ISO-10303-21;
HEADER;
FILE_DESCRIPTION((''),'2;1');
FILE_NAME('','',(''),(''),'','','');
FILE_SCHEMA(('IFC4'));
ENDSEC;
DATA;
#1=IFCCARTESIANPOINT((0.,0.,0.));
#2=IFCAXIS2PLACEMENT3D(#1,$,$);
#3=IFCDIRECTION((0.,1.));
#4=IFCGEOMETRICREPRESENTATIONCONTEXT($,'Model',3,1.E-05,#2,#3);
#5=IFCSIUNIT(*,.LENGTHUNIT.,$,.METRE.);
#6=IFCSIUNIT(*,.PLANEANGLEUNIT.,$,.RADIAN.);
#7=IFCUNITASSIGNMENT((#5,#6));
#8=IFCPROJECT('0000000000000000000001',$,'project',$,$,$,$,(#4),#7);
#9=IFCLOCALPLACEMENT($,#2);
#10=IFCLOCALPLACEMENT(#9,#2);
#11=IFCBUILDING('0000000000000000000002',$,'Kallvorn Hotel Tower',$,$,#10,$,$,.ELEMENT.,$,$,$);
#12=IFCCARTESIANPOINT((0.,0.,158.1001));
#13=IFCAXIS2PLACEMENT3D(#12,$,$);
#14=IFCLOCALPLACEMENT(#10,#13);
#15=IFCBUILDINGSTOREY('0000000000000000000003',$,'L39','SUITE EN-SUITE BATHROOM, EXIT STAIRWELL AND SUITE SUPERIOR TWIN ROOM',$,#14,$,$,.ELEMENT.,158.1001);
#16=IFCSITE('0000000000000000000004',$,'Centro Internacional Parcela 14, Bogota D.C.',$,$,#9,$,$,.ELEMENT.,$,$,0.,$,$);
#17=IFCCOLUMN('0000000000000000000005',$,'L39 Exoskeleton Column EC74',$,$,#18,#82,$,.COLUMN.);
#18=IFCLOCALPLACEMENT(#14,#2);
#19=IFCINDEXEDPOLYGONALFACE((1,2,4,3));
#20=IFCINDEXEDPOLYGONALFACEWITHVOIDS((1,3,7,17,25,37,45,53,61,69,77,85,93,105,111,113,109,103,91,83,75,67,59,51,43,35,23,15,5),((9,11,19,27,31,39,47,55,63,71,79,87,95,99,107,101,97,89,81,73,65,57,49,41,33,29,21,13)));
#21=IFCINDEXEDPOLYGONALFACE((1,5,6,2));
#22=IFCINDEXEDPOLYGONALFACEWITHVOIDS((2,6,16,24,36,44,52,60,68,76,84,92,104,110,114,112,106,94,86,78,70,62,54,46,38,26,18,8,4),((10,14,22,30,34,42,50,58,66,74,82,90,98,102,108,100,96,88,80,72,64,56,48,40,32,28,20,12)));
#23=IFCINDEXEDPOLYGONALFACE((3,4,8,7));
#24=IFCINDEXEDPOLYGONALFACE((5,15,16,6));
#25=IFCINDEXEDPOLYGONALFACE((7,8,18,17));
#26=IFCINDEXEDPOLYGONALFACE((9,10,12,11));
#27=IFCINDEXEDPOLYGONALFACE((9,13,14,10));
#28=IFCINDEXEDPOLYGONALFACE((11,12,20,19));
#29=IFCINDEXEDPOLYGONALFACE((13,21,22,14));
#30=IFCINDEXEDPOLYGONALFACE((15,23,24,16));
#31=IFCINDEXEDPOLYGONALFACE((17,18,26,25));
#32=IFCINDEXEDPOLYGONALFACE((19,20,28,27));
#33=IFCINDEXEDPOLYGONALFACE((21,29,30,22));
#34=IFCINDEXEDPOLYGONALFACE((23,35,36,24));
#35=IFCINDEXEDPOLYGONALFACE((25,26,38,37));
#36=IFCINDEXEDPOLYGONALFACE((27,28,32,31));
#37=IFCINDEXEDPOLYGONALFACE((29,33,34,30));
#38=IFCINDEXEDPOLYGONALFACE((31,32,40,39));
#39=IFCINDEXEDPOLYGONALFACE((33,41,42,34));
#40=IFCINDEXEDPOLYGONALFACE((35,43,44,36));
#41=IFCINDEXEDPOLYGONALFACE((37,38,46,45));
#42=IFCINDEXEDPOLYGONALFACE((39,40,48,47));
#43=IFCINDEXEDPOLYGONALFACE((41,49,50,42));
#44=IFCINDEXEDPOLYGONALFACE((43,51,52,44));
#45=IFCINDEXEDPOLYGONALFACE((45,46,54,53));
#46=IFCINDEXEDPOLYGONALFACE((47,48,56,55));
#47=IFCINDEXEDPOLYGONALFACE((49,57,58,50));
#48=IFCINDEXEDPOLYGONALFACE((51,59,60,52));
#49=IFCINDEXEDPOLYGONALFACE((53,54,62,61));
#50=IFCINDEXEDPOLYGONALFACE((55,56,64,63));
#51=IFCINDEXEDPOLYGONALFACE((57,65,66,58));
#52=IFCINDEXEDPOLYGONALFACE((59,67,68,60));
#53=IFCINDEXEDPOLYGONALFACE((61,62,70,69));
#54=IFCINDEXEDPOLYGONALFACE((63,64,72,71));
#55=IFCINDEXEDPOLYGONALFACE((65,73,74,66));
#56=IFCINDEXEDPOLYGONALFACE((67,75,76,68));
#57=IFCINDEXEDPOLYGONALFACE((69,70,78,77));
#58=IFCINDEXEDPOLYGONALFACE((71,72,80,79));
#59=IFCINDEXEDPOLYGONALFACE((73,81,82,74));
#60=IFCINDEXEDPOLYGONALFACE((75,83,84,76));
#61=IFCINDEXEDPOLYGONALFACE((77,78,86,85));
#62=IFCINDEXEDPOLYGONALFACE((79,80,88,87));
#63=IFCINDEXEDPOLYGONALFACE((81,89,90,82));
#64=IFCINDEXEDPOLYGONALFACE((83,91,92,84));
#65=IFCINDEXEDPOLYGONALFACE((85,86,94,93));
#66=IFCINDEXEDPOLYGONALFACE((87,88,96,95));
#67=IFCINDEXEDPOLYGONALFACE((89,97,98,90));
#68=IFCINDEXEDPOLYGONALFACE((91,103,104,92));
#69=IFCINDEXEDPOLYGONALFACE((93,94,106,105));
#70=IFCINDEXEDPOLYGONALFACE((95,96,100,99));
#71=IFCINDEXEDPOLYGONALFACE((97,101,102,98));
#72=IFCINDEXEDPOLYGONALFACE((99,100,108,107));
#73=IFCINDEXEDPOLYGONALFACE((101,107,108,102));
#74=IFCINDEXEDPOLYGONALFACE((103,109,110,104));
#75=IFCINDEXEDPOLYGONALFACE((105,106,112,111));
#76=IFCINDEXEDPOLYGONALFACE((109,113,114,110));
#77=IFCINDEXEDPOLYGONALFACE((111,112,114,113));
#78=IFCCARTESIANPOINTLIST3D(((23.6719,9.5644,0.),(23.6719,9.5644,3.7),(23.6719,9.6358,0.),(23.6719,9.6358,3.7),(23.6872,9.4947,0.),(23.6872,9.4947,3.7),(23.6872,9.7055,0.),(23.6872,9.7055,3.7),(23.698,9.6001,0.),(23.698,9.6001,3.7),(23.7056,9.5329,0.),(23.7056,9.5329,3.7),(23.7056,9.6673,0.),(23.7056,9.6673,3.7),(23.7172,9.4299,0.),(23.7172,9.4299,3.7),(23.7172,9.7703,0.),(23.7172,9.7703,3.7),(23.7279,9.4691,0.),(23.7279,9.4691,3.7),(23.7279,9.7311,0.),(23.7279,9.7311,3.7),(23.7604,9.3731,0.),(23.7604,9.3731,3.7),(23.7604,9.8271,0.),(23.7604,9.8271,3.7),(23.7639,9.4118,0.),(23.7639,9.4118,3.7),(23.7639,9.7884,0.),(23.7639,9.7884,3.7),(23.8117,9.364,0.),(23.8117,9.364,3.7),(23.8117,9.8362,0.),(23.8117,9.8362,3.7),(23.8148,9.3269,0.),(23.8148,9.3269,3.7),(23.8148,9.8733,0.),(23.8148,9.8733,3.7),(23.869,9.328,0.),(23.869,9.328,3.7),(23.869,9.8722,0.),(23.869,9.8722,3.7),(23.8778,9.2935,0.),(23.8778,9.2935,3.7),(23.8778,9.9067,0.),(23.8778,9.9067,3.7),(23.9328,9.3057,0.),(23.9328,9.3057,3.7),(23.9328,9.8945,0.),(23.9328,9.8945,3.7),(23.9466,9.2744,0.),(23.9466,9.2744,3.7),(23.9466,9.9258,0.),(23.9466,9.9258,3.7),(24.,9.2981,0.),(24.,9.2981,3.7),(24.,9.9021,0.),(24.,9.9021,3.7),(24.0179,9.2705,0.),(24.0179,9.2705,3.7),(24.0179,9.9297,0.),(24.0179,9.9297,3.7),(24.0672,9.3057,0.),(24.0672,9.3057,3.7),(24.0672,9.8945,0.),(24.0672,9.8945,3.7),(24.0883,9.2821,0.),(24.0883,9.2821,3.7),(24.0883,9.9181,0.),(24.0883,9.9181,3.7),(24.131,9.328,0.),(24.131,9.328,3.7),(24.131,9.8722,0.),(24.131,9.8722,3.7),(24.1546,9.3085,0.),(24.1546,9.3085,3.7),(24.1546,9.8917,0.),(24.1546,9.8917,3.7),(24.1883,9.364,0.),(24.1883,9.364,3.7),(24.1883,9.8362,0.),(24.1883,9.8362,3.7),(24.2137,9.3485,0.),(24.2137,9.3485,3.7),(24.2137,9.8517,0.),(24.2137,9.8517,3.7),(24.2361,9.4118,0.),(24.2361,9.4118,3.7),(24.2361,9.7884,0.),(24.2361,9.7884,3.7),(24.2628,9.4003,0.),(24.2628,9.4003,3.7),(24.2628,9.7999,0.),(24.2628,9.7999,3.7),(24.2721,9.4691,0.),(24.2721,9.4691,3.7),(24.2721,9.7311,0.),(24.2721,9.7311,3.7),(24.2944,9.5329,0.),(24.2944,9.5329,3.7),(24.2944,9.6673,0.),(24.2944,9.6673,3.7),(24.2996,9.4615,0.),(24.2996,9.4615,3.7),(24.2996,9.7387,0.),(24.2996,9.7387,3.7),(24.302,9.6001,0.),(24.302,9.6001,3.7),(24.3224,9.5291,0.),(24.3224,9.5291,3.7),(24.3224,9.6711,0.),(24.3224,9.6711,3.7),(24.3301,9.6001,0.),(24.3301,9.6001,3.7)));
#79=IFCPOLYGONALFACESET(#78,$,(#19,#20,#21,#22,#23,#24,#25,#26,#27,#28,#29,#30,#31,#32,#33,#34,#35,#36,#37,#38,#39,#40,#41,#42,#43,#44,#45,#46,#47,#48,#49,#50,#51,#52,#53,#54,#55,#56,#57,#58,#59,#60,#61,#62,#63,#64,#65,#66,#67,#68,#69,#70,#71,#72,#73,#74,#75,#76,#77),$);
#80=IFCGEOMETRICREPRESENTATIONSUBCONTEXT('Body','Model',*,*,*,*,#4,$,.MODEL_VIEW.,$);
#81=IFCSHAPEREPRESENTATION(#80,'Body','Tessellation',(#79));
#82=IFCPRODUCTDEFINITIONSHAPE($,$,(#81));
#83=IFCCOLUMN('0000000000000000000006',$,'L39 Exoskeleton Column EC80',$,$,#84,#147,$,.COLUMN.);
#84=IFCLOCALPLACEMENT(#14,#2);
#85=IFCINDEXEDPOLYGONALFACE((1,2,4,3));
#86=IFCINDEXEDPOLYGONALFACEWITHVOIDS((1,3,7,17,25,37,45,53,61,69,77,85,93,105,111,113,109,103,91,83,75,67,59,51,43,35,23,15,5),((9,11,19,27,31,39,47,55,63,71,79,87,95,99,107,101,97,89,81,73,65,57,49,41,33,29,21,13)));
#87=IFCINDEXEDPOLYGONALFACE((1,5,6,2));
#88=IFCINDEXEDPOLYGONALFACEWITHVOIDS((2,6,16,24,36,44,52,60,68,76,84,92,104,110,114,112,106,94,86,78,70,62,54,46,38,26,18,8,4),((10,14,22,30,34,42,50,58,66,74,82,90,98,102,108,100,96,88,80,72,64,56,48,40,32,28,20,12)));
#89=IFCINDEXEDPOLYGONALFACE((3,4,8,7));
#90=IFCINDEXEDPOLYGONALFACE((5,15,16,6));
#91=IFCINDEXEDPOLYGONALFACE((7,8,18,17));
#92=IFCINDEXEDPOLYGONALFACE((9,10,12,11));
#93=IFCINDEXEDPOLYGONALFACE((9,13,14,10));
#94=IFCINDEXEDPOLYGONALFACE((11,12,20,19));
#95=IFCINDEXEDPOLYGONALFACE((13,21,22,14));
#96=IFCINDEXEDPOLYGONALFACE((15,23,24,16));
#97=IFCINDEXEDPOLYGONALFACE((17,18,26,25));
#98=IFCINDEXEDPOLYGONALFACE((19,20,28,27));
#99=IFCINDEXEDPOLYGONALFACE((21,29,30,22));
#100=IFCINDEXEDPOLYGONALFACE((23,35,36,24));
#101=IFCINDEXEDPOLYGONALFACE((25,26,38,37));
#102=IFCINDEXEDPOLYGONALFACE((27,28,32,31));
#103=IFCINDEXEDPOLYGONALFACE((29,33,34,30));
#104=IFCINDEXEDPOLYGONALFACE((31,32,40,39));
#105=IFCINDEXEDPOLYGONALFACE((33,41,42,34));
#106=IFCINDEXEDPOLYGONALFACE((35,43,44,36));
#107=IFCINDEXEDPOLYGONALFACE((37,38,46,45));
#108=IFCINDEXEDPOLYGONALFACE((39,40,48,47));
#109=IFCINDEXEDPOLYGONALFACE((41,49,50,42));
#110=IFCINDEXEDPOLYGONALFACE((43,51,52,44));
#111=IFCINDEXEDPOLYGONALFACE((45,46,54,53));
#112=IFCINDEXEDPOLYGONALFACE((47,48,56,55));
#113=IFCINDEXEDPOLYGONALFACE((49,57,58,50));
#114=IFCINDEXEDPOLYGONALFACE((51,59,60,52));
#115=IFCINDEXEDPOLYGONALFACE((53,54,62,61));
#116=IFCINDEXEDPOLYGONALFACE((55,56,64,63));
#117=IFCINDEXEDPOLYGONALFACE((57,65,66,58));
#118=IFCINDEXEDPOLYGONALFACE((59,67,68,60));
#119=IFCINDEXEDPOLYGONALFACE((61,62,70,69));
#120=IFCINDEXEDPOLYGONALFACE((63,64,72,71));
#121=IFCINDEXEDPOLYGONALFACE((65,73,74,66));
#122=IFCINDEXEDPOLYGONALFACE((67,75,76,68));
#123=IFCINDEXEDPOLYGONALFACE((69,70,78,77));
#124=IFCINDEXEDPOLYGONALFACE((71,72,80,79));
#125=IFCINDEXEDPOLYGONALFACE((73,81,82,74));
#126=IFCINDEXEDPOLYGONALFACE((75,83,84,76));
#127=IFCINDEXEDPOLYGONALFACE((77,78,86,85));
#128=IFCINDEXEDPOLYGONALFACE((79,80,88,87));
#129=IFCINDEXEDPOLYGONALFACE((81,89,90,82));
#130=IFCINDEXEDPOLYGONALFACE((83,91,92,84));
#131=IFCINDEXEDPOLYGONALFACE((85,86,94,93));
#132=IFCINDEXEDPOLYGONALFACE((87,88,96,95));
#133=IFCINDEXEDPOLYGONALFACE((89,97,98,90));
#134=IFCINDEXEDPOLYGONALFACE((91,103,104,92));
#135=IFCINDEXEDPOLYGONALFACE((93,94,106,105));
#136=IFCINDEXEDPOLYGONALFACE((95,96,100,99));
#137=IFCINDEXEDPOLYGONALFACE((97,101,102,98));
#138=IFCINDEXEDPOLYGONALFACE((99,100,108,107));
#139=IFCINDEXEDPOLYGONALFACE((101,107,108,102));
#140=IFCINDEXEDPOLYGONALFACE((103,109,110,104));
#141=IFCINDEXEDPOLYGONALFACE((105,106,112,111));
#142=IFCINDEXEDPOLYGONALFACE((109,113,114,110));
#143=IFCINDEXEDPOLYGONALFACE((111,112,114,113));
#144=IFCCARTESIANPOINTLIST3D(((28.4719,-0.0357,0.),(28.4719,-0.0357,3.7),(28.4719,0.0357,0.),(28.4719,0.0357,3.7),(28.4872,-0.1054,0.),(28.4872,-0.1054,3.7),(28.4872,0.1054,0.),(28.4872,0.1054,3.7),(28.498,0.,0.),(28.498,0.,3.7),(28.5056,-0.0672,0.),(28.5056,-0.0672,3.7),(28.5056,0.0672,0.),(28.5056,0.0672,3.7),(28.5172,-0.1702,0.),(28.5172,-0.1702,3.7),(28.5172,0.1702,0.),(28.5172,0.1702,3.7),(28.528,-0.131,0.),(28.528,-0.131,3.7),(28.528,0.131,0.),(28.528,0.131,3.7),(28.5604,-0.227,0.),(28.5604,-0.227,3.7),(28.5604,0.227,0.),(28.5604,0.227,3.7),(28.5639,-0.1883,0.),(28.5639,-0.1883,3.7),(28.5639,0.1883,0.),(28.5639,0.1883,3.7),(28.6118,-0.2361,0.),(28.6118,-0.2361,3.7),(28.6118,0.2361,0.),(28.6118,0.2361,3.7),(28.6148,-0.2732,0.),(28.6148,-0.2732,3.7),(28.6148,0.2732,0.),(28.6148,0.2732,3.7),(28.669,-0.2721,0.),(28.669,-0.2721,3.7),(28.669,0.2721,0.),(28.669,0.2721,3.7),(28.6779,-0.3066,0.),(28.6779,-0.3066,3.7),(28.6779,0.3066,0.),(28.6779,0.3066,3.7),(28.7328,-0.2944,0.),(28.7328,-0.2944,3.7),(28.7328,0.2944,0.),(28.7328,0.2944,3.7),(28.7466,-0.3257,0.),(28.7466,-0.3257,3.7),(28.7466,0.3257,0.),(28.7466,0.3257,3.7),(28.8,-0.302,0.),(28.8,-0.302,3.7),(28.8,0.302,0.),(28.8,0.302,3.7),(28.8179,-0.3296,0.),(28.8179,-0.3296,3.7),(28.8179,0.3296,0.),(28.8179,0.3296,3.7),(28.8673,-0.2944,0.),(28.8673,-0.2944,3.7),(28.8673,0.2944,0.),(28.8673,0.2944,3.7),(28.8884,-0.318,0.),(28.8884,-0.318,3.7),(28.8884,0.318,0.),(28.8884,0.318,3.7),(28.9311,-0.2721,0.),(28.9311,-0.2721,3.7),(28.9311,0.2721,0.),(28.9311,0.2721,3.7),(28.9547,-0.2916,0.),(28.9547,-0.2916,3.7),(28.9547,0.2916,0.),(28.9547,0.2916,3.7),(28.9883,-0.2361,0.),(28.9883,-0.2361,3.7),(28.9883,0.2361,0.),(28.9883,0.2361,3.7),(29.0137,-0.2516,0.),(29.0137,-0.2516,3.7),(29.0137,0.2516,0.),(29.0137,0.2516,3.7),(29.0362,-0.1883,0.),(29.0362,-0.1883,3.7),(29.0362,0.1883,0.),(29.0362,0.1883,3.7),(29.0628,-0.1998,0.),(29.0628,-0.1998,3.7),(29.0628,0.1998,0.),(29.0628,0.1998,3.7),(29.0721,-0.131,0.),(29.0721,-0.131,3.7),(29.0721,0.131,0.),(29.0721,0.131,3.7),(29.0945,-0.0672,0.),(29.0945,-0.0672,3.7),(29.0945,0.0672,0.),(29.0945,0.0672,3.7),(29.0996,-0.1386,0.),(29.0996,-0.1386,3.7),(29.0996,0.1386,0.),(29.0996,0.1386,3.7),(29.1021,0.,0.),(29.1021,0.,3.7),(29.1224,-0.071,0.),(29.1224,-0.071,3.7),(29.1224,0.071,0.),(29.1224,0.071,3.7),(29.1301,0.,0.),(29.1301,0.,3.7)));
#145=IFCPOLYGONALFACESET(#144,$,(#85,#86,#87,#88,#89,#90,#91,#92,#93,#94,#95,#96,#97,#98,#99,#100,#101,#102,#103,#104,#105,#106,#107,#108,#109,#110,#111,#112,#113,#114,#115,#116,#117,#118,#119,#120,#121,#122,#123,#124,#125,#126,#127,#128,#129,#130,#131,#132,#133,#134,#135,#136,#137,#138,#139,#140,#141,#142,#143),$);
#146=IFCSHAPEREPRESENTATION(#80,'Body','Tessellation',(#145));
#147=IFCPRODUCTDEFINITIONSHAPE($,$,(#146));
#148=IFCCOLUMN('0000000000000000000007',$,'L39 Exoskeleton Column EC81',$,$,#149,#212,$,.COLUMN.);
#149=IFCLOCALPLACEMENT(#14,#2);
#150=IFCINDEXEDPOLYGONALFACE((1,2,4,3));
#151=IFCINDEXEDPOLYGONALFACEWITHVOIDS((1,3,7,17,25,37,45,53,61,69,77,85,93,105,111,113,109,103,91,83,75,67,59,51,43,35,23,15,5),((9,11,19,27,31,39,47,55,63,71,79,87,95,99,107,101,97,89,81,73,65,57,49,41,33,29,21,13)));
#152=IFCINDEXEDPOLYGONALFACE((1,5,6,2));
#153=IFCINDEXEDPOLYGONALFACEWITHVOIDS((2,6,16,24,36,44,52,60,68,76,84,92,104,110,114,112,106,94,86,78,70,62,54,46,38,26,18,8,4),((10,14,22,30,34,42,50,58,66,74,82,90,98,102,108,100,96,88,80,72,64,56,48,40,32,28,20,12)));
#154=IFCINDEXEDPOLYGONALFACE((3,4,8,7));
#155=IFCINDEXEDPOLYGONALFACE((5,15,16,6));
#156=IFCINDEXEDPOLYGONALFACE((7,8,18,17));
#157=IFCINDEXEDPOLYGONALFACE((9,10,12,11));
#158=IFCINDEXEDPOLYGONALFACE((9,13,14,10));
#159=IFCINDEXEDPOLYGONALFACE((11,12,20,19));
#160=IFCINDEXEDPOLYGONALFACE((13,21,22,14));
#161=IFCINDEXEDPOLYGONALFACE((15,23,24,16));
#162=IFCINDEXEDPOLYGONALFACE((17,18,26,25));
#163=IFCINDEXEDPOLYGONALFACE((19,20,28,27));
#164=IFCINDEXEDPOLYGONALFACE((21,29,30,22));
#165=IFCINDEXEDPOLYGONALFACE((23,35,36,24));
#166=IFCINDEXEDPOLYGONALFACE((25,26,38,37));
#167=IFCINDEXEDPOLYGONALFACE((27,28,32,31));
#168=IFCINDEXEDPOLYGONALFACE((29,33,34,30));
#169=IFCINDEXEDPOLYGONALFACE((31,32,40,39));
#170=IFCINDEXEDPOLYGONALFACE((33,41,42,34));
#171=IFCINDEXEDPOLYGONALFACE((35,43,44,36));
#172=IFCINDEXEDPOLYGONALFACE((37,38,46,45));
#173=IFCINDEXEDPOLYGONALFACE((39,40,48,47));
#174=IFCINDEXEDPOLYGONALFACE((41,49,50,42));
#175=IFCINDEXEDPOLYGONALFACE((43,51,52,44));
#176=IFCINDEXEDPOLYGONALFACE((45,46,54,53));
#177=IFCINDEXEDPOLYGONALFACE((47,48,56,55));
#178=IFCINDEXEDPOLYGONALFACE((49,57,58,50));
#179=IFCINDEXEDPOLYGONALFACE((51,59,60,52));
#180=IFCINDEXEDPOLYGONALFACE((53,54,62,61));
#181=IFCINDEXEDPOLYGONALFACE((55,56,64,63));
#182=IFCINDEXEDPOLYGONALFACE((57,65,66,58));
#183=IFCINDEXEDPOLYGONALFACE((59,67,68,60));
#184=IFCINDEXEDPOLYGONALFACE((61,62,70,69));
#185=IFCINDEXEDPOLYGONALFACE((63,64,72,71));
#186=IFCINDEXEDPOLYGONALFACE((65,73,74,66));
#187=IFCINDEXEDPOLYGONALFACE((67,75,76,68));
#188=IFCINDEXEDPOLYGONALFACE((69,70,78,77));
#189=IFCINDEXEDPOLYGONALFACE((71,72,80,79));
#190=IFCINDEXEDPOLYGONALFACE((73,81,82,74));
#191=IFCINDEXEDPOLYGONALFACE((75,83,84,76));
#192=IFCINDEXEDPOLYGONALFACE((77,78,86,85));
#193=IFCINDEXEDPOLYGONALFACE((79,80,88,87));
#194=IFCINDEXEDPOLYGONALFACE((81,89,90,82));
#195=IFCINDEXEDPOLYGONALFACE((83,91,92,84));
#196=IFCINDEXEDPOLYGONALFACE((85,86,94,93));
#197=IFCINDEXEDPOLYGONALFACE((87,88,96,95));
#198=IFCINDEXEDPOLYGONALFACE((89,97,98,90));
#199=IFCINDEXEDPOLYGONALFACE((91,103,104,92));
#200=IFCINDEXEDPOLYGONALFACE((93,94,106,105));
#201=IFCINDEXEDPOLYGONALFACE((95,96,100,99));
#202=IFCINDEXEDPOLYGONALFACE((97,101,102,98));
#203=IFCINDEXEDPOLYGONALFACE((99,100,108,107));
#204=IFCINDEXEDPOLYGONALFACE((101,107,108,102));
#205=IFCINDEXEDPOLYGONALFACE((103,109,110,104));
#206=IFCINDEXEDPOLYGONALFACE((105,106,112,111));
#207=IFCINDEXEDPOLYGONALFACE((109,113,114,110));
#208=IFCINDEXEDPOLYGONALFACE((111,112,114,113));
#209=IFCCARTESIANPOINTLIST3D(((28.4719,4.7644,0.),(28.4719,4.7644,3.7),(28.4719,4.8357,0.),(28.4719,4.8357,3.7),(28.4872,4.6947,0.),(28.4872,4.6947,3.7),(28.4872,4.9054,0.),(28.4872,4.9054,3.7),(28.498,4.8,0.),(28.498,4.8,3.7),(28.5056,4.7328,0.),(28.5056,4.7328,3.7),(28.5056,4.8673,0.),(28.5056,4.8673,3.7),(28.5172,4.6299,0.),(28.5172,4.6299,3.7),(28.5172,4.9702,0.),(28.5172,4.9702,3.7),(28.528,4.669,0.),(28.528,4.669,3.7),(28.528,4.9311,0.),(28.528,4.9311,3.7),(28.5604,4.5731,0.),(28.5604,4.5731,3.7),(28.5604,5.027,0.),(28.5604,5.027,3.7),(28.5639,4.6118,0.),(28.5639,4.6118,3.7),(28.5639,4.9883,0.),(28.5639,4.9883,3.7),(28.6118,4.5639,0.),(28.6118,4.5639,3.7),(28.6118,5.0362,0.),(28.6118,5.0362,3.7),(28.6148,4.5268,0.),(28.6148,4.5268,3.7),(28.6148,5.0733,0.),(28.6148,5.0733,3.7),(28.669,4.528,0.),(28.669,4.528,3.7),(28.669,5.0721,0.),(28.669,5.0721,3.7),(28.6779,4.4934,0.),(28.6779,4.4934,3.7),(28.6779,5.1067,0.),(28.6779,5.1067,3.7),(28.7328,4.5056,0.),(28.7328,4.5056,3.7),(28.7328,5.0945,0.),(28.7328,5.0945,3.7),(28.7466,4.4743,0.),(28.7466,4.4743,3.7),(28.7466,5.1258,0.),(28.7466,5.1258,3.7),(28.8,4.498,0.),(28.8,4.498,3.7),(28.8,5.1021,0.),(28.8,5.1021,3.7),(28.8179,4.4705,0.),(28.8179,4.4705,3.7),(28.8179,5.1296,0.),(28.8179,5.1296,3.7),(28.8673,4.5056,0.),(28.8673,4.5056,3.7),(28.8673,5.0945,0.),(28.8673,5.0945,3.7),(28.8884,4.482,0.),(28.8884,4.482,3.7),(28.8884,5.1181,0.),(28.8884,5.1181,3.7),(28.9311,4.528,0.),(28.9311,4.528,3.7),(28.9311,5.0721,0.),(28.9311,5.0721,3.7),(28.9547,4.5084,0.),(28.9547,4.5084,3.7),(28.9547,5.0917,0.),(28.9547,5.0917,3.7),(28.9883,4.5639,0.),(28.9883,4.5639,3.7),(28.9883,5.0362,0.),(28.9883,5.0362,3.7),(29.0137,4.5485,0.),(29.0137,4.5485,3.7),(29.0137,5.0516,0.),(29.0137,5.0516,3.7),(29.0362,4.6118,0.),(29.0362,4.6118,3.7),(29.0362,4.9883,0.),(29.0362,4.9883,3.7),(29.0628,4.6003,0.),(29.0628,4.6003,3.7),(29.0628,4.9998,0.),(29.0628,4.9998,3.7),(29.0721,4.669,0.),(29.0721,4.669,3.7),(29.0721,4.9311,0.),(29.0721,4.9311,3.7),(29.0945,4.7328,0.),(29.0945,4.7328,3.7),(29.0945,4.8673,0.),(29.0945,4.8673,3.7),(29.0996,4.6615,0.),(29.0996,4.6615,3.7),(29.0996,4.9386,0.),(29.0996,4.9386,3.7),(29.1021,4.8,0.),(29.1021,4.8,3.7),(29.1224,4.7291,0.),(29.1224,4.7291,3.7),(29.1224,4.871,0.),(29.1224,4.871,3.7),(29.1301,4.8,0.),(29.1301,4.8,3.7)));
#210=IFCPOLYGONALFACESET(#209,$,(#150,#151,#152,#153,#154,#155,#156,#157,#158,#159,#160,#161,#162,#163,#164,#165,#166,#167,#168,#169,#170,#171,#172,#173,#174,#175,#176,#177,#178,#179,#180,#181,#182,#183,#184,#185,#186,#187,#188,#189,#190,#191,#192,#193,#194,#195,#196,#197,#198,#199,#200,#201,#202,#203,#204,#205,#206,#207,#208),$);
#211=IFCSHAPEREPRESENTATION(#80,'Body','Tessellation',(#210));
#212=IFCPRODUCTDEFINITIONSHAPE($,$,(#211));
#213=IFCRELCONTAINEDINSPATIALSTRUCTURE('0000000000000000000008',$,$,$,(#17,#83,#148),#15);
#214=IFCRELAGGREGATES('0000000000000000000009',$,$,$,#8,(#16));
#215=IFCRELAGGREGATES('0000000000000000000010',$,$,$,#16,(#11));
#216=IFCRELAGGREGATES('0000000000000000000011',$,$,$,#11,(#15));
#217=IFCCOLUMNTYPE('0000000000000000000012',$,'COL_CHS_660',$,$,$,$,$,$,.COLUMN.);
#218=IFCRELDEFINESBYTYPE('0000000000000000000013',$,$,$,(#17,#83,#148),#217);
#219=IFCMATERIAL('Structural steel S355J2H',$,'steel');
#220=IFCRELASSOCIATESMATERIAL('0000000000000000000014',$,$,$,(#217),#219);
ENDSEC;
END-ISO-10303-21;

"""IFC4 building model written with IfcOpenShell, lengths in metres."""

from ifc_helpers import new_model, si_unit, direction, frame, origin, origin_2d, place, context, subcontext, project, spatial, hollow_circle, extrude, material, material_profile, profile_set, type_object, element, save


model = new_model("IFC4")

# Units and contexts
model_context = context("Model", 3, precision=1e-05, world=origin(), true_north=direction((0.0, 1.0)))
body_context = subcontext(model_context, "Body", "Model", "MODEL_VIEW")
ifc_project = project(units=[si_unit("LENGTHUNIT", "METRE"), si_unit("PLANEANGLEUNIT", "RADIAN")], contexts=[model_context])

# Site, building, storey
site_placement = place(None, origin())
site = spatial("IfcSite", under=ifc_project, at=site_placement, Name="Centro Internacional Parcela 14, Bogota D.C.", CompositionType="ELEMENT", RefElevation=0.0)
building_placement = place(site_placement, origin())
building = spatial("IfcBuilding", under=site, at=building_placement, Name="Kallvorn Hotel Tower", CompositionType="ELEMENT")
storey_placement = place(building_placement, frame((0.0, 0.0, 158.1001)))
storey = spatial("IfcBuildingStorey", under=building, at=storey_placement, Name="L39", Description="SUITE EN-SUITE BATHROOM, EXIT STAIRWELL AND SUITE SUPERIOR TWIN ROOM", CompositionType="ELEMENT", Elevation=158.1001)

# Columns
ifc_material_1 = material(Name="Structural steel S355J2H", Category="steel")
ifc_material_profile_1 = material_profile(ifc_material_1, hollow_circle(Radius=0.3301, WallThickness=0.0281, at=origin_2d()), Name="CHS 660x28")
ifc_profile_set_1 = profile_set([ifc_material_profile_1], Name="Structural steel S355J2H")
column_type_1 = type_object("IfcColumnType", Name="COL_CHS_660", PredefinedType="COLUMN", material=ifc_profile_set_1)
for number, where, z_axis, x_axis, name in (
    (1, (24.0, 9.6001, 0.0), (0.0, 0.0, 1.0), (1.0, 0.0, 0.0), "L39 Exoskeleton Column EC74"),
    (2, (28.8, 0.0, 0.0), (0.0, 0.0, 1.0), (1.0, 0.0, 0.0), "L39 Exoskeleton Column EC80"),
    (3, (28.8, 4.8, 0.0), (0.0, 0.0, 1.0), (1.0, 0.0, 0.0), "L39 Exoskeleton Column EC81"),
):
    element("IfcColumn", number, at=place(storey_placement, frame(where, z_axis=z_axis, x_axis=x_axis)), inside=storey, type_object=column_type_1, Name=name, PredefinedType="COLUMN", context=body_context, shape_type="SweptSolid", body=[
        extrude(hollow_circle(Radius=0.3301, WallThickness=0.0281, at=origin_2d()), origin(), (0.0, 0.0, 1.0), 3.7),
    ])

save(model, "model.ifc")
